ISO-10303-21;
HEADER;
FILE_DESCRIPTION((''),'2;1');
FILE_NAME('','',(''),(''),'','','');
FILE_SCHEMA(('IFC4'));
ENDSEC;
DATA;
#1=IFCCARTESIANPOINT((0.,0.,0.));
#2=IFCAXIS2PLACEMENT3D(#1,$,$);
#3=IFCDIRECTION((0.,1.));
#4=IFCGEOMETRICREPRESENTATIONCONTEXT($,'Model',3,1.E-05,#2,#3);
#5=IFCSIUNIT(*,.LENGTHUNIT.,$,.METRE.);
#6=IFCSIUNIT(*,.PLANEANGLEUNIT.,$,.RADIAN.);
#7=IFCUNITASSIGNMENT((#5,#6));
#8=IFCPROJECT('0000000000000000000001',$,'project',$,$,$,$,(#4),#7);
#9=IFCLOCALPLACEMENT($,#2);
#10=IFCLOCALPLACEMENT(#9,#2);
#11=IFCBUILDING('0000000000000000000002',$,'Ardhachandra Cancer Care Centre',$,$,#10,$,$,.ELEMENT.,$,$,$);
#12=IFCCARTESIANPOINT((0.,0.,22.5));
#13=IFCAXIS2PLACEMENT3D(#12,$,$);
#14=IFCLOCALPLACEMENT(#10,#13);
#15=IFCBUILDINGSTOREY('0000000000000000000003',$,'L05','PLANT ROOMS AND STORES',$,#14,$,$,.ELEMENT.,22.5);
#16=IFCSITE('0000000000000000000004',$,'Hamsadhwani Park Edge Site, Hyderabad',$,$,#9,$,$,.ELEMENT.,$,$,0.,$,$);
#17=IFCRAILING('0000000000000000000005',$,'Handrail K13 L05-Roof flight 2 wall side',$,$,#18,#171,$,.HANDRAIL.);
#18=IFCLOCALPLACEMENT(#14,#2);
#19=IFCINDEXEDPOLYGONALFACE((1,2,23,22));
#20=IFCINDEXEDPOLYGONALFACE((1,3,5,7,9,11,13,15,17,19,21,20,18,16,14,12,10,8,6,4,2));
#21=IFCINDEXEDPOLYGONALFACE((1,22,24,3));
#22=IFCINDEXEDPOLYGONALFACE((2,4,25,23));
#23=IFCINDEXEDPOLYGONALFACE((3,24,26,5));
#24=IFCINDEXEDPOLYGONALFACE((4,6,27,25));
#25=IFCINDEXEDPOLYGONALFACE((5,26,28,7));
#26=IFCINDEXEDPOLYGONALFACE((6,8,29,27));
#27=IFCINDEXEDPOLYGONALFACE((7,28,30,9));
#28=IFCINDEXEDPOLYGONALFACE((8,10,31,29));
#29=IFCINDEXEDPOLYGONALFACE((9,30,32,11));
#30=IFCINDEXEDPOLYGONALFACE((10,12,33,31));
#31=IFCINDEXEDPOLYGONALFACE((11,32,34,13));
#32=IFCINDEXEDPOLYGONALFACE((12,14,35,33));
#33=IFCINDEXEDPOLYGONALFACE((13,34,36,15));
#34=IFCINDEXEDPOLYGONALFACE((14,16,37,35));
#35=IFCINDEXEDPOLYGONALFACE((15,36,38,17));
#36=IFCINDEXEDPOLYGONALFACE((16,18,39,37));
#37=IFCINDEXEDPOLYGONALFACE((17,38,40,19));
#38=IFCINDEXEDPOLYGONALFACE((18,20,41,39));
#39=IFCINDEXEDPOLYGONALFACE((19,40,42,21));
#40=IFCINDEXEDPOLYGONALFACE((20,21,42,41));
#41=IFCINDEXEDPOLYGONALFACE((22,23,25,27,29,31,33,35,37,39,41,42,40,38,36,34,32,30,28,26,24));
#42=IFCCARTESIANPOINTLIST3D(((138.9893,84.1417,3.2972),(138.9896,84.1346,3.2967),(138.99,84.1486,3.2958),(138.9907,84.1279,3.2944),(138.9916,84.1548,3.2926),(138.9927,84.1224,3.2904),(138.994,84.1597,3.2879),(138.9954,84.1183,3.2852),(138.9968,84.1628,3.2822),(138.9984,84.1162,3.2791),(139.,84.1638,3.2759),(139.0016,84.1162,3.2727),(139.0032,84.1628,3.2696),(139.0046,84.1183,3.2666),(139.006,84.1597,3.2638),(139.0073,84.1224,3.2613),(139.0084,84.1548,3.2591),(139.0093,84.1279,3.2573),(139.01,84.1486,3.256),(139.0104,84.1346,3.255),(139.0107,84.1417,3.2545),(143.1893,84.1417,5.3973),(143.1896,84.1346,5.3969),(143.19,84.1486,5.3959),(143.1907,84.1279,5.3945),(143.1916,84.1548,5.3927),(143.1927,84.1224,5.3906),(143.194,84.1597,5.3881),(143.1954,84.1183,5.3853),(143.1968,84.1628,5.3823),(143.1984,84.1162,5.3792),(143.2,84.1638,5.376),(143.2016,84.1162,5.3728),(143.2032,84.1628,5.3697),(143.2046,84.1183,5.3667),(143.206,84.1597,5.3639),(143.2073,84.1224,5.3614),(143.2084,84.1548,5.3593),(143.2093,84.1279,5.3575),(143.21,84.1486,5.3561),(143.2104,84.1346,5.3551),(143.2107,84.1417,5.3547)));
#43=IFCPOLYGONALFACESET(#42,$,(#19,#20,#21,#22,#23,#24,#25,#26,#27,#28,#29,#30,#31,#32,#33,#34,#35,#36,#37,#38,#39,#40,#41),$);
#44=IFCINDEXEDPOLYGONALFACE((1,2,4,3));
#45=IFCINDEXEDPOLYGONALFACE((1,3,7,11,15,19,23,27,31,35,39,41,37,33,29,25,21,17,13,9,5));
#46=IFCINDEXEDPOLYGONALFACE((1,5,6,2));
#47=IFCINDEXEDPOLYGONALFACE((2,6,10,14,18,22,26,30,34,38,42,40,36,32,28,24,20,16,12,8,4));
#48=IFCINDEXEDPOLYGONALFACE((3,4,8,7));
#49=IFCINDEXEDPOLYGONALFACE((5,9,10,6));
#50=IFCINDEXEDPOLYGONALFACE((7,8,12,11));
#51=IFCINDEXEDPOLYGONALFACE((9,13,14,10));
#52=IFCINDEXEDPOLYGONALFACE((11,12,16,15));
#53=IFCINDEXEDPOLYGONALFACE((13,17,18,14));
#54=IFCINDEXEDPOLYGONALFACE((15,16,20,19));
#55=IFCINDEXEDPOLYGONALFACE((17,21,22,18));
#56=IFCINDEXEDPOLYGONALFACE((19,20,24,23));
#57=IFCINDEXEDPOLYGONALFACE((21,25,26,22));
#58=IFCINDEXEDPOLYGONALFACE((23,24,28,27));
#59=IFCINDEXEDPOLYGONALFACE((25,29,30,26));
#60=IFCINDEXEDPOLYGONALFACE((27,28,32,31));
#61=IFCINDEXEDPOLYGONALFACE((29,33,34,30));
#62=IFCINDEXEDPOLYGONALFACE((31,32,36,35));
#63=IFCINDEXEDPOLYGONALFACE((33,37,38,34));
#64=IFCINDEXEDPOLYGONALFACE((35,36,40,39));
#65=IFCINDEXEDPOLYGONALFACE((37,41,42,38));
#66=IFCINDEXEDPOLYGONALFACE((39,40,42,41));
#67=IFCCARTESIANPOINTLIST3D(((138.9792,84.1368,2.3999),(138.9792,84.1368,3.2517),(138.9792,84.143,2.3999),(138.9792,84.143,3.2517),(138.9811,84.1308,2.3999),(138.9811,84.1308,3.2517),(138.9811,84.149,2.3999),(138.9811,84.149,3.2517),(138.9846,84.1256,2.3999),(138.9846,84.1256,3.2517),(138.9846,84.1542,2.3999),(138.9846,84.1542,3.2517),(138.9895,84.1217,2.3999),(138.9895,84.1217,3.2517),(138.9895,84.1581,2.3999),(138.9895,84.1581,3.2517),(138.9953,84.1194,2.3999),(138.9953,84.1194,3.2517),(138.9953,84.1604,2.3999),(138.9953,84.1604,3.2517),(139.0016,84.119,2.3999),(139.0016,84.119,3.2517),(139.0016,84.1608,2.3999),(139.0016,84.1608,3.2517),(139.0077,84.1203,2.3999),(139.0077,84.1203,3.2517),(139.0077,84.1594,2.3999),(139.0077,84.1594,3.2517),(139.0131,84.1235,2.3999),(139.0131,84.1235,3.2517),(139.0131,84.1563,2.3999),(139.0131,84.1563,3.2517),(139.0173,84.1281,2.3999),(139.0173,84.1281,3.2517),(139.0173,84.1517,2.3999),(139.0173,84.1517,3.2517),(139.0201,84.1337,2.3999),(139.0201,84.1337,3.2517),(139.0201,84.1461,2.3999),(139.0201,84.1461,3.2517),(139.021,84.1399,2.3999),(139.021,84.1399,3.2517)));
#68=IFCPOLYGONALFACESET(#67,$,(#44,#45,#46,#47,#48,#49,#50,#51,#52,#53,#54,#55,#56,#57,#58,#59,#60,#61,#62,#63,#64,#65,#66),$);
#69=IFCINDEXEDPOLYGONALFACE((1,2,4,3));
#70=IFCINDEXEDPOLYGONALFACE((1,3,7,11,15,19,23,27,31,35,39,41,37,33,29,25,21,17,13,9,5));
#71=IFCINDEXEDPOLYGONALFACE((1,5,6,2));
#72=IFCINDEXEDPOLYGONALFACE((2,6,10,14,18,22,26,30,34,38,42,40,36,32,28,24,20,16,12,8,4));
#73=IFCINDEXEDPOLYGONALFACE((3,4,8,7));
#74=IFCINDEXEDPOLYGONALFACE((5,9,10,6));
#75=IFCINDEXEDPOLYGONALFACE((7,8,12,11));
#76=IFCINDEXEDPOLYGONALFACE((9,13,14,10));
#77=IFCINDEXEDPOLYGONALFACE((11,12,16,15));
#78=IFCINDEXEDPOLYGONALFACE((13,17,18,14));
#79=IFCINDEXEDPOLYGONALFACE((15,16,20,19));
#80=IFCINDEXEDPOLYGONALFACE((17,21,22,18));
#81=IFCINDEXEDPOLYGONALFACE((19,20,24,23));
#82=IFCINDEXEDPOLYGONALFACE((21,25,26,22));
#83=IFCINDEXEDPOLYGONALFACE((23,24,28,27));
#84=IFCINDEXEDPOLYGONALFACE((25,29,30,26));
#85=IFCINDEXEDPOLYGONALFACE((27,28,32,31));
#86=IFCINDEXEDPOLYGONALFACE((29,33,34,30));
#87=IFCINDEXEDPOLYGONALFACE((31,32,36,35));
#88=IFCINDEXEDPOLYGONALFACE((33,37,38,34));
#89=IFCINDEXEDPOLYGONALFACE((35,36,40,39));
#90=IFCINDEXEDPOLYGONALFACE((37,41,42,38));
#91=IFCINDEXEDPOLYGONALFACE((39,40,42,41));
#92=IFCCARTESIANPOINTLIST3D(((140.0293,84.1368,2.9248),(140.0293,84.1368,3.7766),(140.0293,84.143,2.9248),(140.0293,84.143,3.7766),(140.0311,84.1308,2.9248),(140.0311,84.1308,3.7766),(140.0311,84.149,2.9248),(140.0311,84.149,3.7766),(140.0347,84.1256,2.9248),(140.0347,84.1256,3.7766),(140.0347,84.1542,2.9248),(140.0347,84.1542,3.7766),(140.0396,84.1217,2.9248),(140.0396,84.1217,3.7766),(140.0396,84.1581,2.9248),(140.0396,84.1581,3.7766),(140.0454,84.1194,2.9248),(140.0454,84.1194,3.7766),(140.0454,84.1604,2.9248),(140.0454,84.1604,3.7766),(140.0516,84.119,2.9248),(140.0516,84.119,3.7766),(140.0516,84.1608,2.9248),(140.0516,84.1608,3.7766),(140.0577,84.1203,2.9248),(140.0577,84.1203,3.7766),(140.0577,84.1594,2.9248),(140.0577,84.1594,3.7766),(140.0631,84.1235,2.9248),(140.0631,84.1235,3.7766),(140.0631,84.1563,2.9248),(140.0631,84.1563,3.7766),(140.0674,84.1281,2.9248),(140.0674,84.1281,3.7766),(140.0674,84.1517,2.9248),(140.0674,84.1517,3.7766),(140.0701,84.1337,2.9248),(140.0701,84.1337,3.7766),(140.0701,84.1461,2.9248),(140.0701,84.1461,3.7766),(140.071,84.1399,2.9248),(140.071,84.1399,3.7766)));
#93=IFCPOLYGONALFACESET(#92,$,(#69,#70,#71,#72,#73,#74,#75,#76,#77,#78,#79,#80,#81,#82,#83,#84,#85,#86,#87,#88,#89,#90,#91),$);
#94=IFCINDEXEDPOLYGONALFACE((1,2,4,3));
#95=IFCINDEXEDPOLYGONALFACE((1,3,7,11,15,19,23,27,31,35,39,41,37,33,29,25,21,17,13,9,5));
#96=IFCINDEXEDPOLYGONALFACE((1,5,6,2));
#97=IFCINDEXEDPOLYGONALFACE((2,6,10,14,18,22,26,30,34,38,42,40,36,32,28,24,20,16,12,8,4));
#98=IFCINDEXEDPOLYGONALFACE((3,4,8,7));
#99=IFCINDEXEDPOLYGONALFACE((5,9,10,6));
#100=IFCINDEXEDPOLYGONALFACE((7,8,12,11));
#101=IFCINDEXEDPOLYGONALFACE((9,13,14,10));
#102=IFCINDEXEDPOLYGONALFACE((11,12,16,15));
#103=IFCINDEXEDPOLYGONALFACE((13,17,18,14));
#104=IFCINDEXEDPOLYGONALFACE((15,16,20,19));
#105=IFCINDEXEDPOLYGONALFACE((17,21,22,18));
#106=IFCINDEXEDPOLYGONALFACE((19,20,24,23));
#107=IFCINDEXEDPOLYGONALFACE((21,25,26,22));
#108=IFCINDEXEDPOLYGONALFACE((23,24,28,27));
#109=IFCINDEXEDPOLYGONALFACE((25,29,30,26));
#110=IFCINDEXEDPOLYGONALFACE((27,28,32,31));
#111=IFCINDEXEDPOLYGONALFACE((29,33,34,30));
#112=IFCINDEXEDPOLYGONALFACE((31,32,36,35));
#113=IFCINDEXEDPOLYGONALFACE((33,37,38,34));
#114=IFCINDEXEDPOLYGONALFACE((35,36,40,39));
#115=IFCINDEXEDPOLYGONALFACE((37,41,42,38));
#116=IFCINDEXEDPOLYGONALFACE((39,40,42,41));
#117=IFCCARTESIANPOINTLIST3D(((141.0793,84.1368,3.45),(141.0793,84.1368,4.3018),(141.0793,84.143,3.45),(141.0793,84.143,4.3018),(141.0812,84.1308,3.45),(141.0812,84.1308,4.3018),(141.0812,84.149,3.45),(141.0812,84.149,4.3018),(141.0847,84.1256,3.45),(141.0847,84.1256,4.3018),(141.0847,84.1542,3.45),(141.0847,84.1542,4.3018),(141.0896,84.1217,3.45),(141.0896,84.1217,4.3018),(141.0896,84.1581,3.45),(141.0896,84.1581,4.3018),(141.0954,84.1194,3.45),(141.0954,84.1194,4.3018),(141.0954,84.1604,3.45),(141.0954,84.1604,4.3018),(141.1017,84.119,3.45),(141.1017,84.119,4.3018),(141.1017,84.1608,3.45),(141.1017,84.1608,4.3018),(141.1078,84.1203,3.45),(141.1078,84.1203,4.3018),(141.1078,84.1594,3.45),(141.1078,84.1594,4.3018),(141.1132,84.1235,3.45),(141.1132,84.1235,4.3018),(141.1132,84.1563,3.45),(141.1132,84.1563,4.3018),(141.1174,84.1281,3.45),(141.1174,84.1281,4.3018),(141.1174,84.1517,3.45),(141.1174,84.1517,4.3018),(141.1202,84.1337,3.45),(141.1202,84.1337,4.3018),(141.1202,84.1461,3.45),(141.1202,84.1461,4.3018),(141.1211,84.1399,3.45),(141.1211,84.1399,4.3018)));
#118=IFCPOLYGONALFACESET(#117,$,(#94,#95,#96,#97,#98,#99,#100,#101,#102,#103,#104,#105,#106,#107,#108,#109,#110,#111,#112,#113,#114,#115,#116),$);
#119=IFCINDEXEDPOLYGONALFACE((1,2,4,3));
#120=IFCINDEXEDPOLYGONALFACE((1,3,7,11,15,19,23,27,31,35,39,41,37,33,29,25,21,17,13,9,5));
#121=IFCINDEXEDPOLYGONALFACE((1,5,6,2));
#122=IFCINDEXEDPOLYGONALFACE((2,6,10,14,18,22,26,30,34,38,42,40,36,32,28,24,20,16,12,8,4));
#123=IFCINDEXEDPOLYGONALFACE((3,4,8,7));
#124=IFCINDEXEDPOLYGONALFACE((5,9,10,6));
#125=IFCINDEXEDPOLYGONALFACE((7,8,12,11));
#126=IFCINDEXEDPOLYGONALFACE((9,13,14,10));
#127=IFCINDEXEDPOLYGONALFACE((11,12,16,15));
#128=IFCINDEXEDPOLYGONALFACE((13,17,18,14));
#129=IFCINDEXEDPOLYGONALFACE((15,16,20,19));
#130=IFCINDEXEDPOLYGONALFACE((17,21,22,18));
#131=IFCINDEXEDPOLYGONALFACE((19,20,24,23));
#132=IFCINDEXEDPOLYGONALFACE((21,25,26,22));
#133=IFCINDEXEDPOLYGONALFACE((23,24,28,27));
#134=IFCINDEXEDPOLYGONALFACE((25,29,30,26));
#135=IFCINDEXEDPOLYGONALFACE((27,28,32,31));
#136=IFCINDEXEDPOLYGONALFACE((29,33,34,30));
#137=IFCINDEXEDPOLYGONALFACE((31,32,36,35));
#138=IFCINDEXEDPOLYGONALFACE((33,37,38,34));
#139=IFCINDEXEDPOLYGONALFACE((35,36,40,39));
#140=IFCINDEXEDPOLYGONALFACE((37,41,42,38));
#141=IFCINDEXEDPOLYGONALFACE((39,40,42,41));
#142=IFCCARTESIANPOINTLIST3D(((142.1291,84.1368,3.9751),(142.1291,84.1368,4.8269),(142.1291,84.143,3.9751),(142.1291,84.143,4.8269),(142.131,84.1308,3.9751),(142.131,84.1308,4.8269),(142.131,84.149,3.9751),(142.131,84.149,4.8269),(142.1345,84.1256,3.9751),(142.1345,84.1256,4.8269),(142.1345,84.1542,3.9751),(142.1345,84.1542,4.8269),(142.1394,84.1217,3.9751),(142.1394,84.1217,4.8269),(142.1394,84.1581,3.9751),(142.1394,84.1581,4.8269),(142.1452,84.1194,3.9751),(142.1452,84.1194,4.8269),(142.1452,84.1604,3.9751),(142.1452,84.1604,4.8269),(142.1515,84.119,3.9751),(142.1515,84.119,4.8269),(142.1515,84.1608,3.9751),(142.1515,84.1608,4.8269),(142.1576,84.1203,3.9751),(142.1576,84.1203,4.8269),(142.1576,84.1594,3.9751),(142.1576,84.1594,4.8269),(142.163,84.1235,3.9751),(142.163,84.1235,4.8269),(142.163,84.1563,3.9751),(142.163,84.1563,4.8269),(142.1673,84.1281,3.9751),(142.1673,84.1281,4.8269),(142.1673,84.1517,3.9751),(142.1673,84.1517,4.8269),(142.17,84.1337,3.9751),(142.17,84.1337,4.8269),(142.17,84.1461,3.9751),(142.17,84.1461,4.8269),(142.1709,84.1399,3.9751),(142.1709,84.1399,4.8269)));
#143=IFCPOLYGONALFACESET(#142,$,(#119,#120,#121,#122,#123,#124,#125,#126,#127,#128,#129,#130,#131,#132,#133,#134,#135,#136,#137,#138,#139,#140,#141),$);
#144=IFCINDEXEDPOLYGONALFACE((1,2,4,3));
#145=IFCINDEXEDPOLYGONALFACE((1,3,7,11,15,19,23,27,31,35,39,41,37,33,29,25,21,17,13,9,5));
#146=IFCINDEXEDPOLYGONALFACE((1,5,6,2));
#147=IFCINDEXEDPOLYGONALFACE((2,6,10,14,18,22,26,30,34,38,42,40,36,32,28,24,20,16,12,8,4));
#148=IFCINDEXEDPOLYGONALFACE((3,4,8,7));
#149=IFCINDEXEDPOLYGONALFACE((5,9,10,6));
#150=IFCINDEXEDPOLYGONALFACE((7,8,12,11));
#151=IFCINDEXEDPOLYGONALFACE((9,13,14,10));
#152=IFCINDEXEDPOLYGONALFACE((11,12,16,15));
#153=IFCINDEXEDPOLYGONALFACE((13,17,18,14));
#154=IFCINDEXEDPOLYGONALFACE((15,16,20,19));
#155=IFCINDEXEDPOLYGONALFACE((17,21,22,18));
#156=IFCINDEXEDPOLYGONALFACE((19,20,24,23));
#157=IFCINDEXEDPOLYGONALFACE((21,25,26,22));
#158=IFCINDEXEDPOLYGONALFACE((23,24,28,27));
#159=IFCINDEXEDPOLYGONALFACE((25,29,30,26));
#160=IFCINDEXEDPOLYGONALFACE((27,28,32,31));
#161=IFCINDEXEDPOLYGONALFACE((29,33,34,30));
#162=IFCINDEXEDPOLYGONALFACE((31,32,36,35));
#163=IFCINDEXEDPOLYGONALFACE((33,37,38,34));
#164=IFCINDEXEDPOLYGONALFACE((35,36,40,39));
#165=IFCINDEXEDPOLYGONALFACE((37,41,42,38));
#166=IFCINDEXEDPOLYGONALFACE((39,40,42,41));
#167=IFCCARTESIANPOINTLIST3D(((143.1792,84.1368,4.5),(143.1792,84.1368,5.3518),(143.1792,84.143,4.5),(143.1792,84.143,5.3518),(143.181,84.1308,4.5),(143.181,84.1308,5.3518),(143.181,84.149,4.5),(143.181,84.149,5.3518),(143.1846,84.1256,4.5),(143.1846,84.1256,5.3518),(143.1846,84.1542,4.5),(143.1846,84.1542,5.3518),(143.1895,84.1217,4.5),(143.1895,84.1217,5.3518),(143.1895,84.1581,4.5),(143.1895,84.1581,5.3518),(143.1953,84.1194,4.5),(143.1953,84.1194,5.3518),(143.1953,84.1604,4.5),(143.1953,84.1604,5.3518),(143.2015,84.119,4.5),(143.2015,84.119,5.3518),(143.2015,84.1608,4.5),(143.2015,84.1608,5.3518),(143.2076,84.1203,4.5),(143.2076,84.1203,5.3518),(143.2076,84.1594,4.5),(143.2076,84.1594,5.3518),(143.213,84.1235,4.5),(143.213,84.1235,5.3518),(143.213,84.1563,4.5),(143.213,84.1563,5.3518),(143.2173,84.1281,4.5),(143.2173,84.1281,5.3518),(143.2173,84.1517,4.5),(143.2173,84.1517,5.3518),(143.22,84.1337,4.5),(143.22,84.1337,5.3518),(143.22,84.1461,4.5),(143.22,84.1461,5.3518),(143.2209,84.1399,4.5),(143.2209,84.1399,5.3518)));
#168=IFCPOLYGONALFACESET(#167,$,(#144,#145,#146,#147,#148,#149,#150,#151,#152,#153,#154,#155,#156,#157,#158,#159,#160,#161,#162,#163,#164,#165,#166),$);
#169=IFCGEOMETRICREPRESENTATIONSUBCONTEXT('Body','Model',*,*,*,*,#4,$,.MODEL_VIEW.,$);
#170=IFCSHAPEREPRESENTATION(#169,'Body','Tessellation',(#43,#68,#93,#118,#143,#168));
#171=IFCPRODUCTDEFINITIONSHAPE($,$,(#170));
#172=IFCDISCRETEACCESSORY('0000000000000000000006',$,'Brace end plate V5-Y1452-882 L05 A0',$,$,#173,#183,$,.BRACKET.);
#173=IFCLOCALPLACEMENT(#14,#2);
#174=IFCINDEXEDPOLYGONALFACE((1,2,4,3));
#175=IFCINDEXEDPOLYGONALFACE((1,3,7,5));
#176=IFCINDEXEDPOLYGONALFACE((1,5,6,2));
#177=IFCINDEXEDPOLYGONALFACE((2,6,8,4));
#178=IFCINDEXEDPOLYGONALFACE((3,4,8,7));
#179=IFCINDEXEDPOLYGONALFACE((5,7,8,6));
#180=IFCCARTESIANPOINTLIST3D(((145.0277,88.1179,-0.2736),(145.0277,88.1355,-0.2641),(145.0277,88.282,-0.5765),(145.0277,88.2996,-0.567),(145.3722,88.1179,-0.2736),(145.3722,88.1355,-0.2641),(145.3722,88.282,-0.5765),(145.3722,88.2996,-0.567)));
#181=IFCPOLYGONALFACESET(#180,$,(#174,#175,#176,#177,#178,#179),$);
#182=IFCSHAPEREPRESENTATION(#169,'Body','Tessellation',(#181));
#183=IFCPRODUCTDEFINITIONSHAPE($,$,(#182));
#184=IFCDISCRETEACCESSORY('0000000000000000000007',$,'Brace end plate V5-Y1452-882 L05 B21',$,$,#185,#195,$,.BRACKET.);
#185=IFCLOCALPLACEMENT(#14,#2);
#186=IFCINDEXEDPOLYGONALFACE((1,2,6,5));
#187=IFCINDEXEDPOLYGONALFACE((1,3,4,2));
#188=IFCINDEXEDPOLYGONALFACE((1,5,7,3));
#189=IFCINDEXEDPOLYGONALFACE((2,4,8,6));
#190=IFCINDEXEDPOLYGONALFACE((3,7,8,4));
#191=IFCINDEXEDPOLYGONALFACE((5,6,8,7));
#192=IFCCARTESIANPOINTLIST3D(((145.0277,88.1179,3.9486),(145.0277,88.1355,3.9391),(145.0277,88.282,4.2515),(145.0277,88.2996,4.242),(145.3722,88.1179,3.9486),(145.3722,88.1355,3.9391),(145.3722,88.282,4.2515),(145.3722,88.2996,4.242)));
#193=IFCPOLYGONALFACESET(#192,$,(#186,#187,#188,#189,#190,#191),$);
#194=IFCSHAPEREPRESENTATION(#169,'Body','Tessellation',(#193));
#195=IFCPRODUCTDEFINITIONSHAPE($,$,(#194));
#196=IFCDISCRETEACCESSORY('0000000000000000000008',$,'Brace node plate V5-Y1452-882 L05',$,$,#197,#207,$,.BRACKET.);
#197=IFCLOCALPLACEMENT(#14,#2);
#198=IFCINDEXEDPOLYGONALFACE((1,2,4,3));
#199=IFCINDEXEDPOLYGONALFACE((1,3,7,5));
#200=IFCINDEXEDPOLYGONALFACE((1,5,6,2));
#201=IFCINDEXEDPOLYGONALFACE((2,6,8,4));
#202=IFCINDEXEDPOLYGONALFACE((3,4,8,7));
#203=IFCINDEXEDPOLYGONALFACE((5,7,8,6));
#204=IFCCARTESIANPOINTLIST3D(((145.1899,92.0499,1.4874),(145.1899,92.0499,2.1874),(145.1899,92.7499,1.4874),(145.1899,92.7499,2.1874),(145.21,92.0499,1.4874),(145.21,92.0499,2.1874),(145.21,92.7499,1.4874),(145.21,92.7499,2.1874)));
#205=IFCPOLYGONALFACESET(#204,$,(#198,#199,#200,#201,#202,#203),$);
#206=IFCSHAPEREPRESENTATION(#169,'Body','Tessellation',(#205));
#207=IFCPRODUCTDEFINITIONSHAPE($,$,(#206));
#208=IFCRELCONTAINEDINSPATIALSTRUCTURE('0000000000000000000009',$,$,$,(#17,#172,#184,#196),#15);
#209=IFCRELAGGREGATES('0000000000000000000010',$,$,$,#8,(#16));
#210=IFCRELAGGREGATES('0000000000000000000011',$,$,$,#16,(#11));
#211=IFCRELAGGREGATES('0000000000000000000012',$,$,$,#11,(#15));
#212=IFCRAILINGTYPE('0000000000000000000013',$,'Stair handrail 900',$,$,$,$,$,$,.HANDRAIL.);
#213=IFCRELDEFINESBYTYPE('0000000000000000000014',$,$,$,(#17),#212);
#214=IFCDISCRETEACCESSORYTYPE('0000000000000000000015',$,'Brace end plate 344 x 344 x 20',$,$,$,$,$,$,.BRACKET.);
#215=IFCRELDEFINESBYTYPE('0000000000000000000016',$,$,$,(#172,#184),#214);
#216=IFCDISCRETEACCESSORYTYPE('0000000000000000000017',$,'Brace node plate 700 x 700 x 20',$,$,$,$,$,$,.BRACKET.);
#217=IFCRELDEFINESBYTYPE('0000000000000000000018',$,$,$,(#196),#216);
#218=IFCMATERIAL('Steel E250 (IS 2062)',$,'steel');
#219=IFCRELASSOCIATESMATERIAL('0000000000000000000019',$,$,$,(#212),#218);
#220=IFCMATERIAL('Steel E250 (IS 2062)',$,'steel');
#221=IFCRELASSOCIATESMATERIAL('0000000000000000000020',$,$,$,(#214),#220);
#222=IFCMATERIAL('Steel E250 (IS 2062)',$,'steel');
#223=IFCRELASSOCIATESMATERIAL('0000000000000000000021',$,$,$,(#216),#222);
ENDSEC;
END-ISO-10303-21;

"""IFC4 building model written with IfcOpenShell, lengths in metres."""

from ifc_helpers import new_model, si_unit, direction, frame, origin, origin_2d, place, context, subcontext, project, spatial, rectangle, circle, extrude, material, material_profile, profile_set, type_object, element, save


model = new_model("IFC4")

# Units and contexts
model_context = context("Model", 3, precision=1e-05, world=origin(), true_north=direction((0.0, 1.0)))
body_context = subcontext(model_context, "Body", "Model", "MODEL_VIEW")
ifc_project = project(units=[si_unit("LENGTHUNIT", "METRE"), si_unit("PLANEANGLEUNIT", "RADIAN")], contexts=[model_context])

# Site, building, storey
site_placement = place(None, origin())
site = spatial("IfcSite", under=ifc_project, at=site_placement, Name="Hamsadhwani Park Edge Site, Hyderabad", CompositionType="ELEMENT", RefElevation=0.0)
building_placement = place(site_placement, origin())
building = spatial("IfcBuilding", under=site, at=building_placement, Name="Ardhachandra Cancer Care Centre", CompositionType="ELEMENT")
storey_placement = place(building_placement, frame((0.0, 0.0, 22.5)))
storey = spatial("IfcBuildingStorey", under=building, at=storey_placement, Name="L05", Description="PLANT ROOMS AND STORES", CompositionType="ELEMENT", Elevation=22.5)

# Railing
ifc_material_1 = material(Name="Steel E250 (IS 2062)", Category="steel")
railing_type_1 = type_object("IfcRailingType", Name="Stair handrail 900", PredefinedType="HANDRAIL", material=ifc_material_1)
railing_1_placement = place(storey_placement, frame((139.0, 84.1399, 2.3999)))
element("IfcRailing", 1, at=railing_1_placement, inside=storey, type_object=railing_type_1, Name="Handrail K13 L05-Roof flight 2 wall side", PredefinedType="HANDRAIL", context=body_context, shape_type="SweptSolid", body=[
    extrude(circle(Radius=0.0239, at=origin_2d()), frame((0.0, 0.0, 0.876), z_axis=(0.894417, 0.0, 0.447234), x_axis=(0.0, 1.0, 0.0)), (0.0, 0.0, 1.0), 4.6958),
    extrude(circle(Radius=0.021, at=origin_2d()), origin(), (0.0, 0.0, 1.0), 0.8518),
    extrude(circle(Radius=0.021, at=origin_2d()), frame((1.05, 0.0, 0.5249)), (0.0, 0.0, 1.0), 0.8518),
    extrude(circle(Radius=0.021, at=origin_2d()), frame((2.1001, 0.0, 1.05)), (0.0, 0.0, 1.0), 0.8518),
    extrude(circle(Radius=0.021, at=origin_2d()), frame((3.1499, 0.0, 1.5752)), (0.0, 0.0, 1.0), 0.8518),
    extrude(circle(Radius=0.021, at=origin_2d()), frame((4.2, 0.0, 2.1001)), (0.0, 0.0, 1.0), 0.8518),
])

# Discrete accessories
ifc_material_2 = material(Name="Steel E250 (IS 2062)", Category="steel")
ifc_material_profile_1 = material_profile(ifc_material_2, rectangle(XDim=0.3445, YDim=0.3445, at=origin_2d()), Name="PL 344x344x20")
ifc_profile_set_1 = profile_set([ifc_material_profile_1], Name="Steel E250 (IS 2062)")
discrete_accessory_type_1 = type_object("IfcDiscreteAccessoryType", Name="Brace end plate 344 x 344 x 20", PredefinedType="BRACKET", material=ifc_profile_set_1)
for number, where, z_axis, x_axis, name in (
    (2, (145.2, 88.2, -0.425), (0.0, 0.879292, 0.476283), (-1.0, 0.0, 0.0), "Brace end plate V5-Y1452-882 L05 A0"),
    (3, (145.2, 88.2, 4.1001), (0.0, 0.879292, -0.476283), (-1.0, 0.0, 0.0), "Brace end plate V5-Y1452-882 L05 B21"),
):
    element("IfcDiscreteAccessory", number, at=place(storey_placement, frame(where, z_axis=z_axis, x_axis=x_axis)), inside=storey, type_object=discrete_accessory_type_1, Name=name, PredefinedType="BRACKET", context=body_context, shape_type="SweptSolid", body=[
        extrude(rectangle(XDim=0.3445, YDim=0.3445, at=origin_2d()), origin(), (0.0, 0.0, 1.0), 0.02),
    ])
ifc_material_3 = material(Name="Steel E250 (IS 2062)", Category="steel")
ifc_material_profile_2 = material_profile(ifc_material_3, rectangle(XDim=0.7, YDim=0.7, at=origin_2d()), Name="PL 700x700x20")
ifc_profile_set_2 = profile_set([ifc_material_profile_2], Name="Steel E250 (IS 2062)")
discrete_accessory_type_2 = type_object("IfcDiscreteAccessoryType", Name="Brace node plate 700 x 700 x 20", PredefinedType="BRACKET", material=ifc_profile_set_2)
discrete_accessory_placement = place(storey_placement, frame((145.1899, 92.3999, 1.8374), z_axis=(1.0, 0.0, 0.0), x_axis=(0.0, 1.0, 0.0)))
element("IfcDiscreteAccessory", 4, at=discrete_accessory_placement, inside=storey, type_object=discrete_accessory_type_2, Name="Brace node plate V5-Y1452-882 L05", PredefinedType="BRACKET", context=body_context, shape_type="SweptSolid", body=[
    extrude(rectangle(XDim=0.7, YDim=0.7, at=origin_2d()), origin(), (0.0, 0.0, 1.0), 0.02),
])

save(model, "model.ifc")
